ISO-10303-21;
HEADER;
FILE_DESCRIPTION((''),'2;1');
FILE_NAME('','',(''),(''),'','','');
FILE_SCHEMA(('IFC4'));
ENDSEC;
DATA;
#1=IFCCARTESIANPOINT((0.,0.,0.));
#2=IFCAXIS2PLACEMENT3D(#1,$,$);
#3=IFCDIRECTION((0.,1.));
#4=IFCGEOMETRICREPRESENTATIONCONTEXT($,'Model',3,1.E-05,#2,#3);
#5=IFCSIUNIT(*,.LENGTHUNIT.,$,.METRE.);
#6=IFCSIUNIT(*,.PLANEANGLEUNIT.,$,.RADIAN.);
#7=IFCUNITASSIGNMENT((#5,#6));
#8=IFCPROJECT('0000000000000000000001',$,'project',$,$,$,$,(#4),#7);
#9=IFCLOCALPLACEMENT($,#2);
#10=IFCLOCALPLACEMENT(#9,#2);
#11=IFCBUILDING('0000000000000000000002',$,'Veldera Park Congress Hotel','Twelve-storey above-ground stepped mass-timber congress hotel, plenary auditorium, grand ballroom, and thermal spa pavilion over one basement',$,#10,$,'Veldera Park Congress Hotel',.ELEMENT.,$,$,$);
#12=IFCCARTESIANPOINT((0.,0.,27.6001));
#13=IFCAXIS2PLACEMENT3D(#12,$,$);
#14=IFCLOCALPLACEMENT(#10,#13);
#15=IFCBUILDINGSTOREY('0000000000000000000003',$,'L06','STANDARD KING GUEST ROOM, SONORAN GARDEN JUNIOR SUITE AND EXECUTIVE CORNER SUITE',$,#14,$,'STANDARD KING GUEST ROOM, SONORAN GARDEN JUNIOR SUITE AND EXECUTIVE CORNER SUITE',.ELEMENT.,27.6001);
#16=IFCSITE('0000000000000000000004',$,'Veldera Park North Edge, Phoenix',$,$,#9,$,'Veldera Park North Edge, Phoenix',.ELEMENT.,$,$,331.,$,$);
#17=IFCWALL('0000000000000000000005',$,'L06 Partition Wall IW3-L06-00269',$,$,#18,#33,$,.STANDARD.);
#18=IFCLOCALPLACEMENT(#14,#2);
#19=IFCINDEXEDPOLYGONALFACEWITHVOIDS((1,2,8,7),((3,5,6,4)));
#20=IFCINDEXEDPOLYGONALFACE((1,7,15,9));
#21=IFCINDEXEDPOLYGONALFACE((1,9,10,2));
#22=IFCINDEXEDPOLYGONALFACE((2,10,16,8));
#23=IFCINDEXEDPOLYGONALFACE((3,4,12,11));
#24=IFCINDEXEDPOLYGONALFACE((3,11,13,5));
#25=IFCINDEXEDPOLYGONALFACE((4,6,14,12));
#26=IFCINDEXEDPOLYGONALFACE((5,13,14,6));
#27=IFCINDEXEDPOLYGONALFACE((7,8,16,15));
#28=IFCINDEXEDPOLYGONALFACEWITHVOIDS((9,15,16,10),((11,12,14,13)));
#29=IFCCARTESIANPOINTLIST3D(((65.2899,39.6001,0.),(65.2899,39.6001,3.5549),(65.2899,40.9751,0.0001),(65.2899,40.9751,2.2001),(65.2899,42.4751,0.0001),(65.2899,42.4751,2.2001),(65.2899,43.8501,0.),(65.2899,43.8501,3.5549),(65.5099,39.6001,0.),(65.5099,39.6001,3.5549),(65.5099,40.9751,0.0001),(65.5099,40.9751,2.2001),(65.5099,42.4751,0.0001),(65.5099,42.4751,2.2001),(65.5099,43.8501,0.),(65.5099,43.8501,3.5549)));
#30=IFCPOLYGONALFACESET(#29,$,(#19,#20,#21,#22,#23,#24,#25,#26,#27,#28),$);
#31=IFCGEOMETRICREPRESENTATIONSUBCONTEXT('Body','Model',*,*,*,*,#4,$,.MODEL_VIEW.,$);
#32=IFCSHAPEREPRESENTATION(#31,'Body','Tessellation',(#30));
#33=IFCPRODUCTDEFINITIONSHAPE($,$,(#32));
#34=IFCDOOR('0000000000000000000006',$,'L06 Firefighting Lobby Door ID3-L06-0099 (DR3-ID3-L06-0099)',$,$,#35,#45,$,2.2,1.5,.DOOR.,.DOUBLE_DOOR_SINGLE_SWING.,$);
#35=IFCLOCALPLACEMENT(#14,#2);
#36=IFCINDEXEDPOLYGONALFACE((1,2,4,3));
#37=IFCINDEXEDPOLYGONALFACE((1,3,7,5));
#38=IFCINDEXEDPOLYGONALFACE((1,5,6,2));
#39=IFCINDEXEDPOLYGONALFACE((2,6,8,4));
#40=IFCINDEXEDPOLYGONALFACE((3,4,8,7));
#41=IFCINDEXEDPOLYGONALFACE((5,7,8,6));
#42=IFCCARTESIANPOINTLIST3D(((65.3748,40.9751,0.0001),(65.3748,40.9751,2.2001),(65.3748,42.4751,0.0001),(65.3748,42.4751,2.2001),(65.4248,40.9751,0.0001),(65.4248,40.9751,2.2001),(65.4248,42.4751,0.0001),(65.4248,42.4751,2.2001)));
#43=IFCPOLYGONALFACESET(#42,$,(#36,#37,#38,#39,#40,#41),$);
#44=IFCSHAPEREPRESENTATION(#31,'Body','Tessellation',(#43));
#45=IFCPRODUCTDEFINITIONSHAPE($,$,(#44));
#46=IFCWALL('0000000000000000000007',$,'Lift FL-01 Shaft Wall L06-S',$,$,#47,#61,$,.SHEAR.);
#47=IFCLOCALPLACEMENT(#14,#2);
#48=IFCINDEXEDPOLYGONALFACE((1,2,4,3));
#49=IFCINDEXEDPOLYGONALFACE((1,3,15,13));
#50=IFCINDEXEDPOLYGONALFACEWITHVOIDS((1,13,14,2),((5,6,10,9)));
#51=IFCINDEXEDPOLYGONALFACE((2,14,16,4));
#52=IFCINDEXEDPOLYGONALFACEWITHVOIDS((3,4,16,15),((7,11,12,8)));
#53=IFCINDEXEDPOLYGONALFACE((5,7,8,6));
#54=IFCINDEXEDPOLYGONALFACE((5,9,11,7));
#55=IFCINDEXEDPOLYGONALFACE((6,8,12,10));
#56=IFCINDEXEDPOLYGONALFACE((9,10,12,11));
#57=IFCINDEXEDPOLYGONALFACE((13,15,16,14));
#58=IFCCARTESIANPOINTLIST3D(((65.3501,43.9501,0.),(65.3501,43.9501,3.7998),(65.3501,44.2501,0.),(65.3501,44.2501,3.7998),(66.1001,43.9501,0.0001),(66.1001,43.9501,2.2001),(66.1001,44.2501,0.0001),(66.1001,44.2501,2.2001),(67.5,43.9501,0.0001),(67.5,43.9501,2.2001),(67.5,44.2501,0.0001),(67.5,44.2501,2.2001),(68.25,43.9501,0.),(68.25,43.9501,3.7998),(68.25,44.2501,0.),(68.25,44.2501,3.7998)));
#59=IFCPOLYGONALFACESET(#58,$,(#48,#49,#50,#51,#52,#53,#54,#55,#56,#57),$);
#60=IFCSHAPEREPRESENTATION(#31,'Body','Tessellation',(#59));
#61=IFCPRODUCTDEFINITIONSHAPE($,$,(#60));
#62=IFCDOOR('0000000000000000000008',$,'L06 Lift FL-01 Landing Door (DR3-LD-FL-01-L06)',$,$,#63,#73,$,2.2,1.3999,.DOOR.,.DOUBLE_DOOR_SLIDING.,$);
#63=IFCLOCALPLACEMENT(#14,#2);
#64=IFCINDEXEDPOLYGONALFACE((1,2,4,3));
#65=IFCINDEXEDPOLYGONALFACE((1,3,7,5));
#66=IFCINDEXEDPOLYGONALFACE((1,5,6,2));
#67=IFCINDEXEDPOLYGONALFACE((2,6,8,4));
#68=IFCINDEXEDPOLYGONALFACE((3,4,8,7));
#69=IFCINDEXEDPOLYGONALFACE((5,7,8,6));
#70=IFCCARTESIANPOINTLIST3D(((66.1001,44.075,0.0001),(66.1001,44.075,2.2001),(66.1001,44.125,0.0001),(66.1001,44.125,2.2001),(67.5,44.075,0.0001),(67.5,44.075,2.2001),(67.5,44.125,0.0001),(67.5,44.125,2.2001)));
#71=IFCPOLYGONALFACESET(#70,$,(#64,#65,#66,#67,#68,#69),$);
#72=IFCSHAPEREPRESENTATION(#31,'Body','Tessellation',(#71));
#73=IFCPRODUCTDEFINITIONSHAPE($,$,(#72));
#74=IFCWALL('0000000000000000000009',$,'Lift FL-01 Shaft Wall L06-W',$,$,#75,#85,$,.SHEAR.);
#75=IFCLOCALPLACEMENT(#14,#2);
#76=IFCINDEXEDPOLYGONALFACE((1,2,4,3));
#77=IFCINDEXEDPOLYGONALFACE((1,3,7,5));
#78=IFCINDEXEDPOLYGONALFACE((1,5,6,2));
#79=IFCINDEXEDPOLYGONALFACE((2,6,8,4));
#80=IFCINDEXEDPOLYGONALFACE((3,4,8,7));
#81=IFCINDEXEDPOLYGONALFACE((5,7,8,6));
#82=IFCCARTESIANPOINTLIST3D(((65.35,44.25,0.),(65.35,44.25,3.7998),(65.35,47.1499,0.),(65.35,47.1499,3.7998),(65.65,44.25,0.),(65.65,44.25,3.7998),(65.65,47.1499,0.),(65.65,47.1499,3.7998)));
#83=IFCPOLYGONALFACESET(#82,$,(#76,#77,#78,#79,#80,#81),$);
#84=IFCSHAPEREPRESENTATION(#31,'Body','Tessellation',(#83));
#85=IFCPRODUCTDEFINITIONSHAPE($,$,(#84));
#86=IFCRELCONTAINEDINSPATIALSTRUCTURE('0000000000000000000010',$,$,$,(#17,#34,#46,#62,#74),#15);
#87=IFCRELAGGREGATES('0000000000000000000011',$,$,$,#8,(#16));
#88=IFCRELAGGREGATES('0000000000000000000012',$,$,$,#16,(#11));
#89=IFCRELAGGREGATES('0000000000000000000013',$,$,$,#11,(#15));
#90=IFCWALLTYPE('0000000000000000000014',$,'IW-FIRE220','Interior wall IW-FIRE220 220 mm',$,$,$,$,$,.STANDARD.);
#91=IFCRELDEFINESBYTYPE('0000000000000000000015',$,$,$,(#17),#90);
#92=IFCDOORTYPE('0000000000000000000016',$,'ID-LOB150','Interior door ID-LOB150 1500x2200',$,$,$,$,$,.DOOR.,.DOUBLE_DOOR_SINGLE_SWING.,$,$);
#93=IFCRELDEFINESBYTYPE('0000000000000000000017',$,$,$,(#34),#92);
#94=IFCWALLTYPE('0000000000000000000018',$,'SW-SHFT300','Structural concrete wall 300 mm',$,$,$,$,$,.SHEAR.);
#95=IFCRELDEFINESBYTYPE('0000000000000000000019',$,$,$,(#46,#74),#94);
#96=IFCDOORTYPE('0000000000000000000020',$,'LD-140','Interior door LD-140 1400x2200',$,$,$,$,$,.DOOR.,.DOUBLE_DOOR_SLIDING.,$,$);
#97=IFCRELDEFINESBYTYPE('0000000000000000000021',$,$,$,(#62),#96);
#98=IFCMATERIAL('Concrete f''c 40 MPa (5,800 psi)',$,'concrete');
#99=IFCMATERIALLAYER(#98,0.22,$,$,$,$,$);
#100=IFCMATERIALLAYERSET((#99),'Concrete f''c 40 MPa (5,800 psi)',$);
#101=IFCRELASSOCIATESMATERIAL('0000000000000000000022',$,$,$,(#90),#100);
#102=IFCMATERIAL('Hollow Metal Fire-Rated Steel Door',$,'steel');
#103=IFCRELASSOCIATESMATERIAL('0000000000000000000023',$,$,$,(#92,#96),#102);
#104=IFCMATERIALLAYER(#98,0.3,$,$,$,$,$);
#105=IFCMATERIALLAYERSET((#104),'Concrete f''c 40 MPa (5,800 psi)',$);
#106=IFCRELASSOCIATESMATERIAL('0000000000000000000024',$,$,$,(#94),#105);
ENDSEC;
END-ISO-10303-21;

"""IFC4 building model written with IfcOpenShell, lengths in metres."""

from ifc_helpers import new_model, si_unit, direction, frame, frame_2d, origin, place, context, subcontext, project, spatial, rectangle, extrude, material, layer, layer_set, type_object, element, fill, save


model = new_model("IFC4")

# Units and contexts
model_context = context("Model", 3, precision=1e-05, world=origin(), true_north=direction((0.0, 1.0)))
body_context = subcontext(model_context, "Body", "Model", "MODEL_VIEW")
ifc_project = project(units=[si_unit("LENGTHUNIT", "METRE"), si_unit("PLANEANGLEUNIT", "RADIAN")], contexts=[model_context])

# Site, building, storey
site_placement = place(None, origin())
site = spatial("IfcSite", under=ifc_project, at=site_placement, Name="Veldera Park North Edge, Phoenix", LongName="Veldera Park North Edge, Phoenix", CompositionType="ELEMENT", RefElevation=331.0)
building_placement = place(site_placement, origin())
building = spatial("IfcBuilding", under=site, at=building_placement, Name="Veldera Park Congress Hotel", Description="Twelve-storey above-ground stepped mass-timber congress hotel, plenary auditorium, grand ballroom, and thermal spa pavilion over one basement", LongName="Veldera Park Congress Hotel", CompositionType="ELEMENT")
storey_placement = place(building_placement, frame((0.0, 0.0, 27.6001)))
storey = spatial("IfcBuildingStorey", under=building, at=storey_placement, Name="L06", Description="STANDARD KING GUEST ROOM, SONORAN GARDEN JUNIOR SUITE AND EXECUTIVE CORNER SUITE", LongName="STANDARD KING GUEST ROOM, SONORAN GARDEN JUNIOR SUITE AND EXECUTIVE CORNER SUITE", CompositionType="ELEMENT", Elevation=27.6001)

# Walls, openings, doors
ifc_material_1 = material(Name="Concrete f'c 40 MPa (5,800 psi)", Category="concrete")
ifc_layer_1 = layer(ifc_material_1, 0.22)
ifc_layer_set_1 = layer_set([ifc_layer_1], Name="Concrete f'c 40 MPa (5,800 psi)")
wall_type_1 = type_object("IfcWallType", Name="IW-FIRE220", Description="Interior wall IW-FIRE220 220 mm", PredefinedType="STANDARD", material=ifc_layer_set_1)
ifc_material_2 = material(Name="Hollow Metal Fire-Rated Steel Door", Category="steel")
door_type_1 = type_object("IfcDoorType", Name="ID-LOB150", Description="Interior door ID-LOB150 1500x2200", OperationType="DOUBLE_DOOR_SINGLE_SWING", PredefinedType="DOOR", material=ifc_material_2)
wall_1_placement = place(storey_placement, frame((65.3999, 43.8501, 0.0), z_axis=(0.0, 0.0, 1.0), x_axis=(0.0, -1.0, 0.0)))
wall_1 = element("IfcWall", 1, at=wall_1_placement, inside=storey, type_object=wall_type_1, Name="L06 Partition Wall IW3-L06-00269", PredefinedType="STANDARD", context=body_context, shape_type="SweptSolid", body=[
    extrude(rectangle(XDim=4.25, YDim=0.22, at=frame_2d((2.125, 0.0))), origin(), (0.0, 0.0, 1.0), 3.5549),
])
opening_1_placement = place(wall_1_placement, frame((1.375, 0.0, 0.0)))
opening_1 = element("IfcOpeningElement", 2, at=opening_1_placement, cuts=wall_1, PredefinedType="OPENING", context=body_context, shape_type="SweptSolid", body=[
    extrude(rectangle(XDim=1.5, YDim=2.2, at=frame_2d((0.75, 1.1001))), frame((0.0, 0.1221, 0.0), z_axis=(0.0, -1.0, 0.0), x_axis=(1.0, 0.0, 0.0)), (0.0, 0.0, 1.0), 0.2439),
])
door_1_placement = place(opening_1_placement, origin())
door_1 = element("IfcDoor", 3, at=door_1_placement, inside=storey, type_object=door_type_1, Name="L06 Firefighting Lobby Door ID3-L06-0099 (DR3-ID3-L06-0099)", OperationType="DOUBLE_DOOR_SINGLE_SWING", OverallHeight=2.2, OverallWidth=1.5, PredefinedType="DOOR", context=body_context, shape_type="SweptSolid", body=[
    extrude(rectangle(XDim=1.5, YDim=2.2, at=frame_2d((0.75, 1.1001))), frame((0.0, 0.0249, 0.0), z_axis=(0.0, -1.0, 0.0), x_axis=(1.0, 0.0, 0.0)), (0.0, 0.0, 1.0), 0.05),
])
fill(opening_1, door_1)
ifc_layer_2 = layer(ifc_material_1, 0.3)
ifc_layer_set_2 = layer_set([ifc_layer_2], Name="Concrete f'c 40 MPa (5,800 psi)")
wall_type_2 = type_object("IfcWallType", Name="SW-SHFT300", Description="Structural concrete wall 300 mm", PredefinedType="SHEAR", material=ifc_layer_set_2)
wall_2_placement = place(storey_placement, frame((65.3501, 44.1001, 0.0), z_axis=(0.0, 0.0, 1.0), x_axis=(1.0, 0.0, 0.0)))
wall_2 = element("IfcWall", 4, at=wall_2_placement, inside=storey, type_object=wall_type_2, Name="Lift FL-01 Shaft Wall L06-S", PredefinedType="SHEAR", context=body_context, shape_type="SweptSolid", body=[
    extrude(rectangle(XDim=2.8999, YDim=0.3, at=frame_2d((1.45, 0.0))), origin(), (0.0, 0.0, 1.0), 3.7998),
])
opening_2_placement = place(wall_2_placement, frame((0.75, 0.0, 0.0)))
opening_2 = element("IfcOpeningElement", 5, at=opening_2_placement, cuts=wall_2, PredefinedType="OPENING", context=body_context, shape_type="SweptSolid", body=[
    extrude(rectangle(XDim=1.3999, YDim=2.2, at=frame_2d((0.7, 1.1001))), frame((0.0, 0.1621, 0.0), z_axis=(0.0, -1.0, 0.0), x_axis=(1.0, 0.0, 0.0)), (0.0, 0.0, 1.0), 0.324),
])
door_type_2 = type_object("IfcDoorType", Name="LD-140", Description="Interior door LD-140 1400x2200", OperationType="DOUBLE_DOOR_SLIDING", PredefinedType="DOOR", material=ifc_material_2)
door_2_placement = place(opening_2_placement, origin())
door_2 = element("IfcDoor", 6, at=door_2_placement, inside=storey, type_object=door_type_2, Name="L06 Lift FL-01 Landing Door (DR3-LD-FL-01-L06)", OperationType="DOUBLE_DOOR_SLIDING", OverallHeight=2.2, OverallWidth=1.3999, PredefinedType="DOOR", context=body_context, shape_type="SweptSolid", body=[
    extrude(rectangle(XDim=1.3999, YDim=2.2, at=frame_2d((0.7, 1.1001))), frame((0.0, 0.0249, 0.0), z_axis=(0.0, -1.0, 0.0), x_axis=(1.0, 0.0, 0.0)), (0.0, 0.0, 1.0), 0.05),
])
fill(opening_2, door_2)

# Wall
wall_3_placement = place(storey_placement, frame((65.5, 47.1499, 0.0), z_axis=(0.0, 0.0, 1.0), x_axis=(0.0, -1.0, 0.0)))
element("IfcWall", 7, at=wall_3_placement, inside=storey, type_object=wall_type_2, Name="Lift FL-01 Shaft Wall L06-W", PredefinedType="SHEAR", context=body_context, shape_type="SweptSolid", body=[
    extrude(rectangle(XDim=2.8999, YDim=0.3, at=frame_2d((1.45, 0.0))), origin(), (0.0, 0.0, 1.0), 3.7998),
])

save(model, "model.ifc")
